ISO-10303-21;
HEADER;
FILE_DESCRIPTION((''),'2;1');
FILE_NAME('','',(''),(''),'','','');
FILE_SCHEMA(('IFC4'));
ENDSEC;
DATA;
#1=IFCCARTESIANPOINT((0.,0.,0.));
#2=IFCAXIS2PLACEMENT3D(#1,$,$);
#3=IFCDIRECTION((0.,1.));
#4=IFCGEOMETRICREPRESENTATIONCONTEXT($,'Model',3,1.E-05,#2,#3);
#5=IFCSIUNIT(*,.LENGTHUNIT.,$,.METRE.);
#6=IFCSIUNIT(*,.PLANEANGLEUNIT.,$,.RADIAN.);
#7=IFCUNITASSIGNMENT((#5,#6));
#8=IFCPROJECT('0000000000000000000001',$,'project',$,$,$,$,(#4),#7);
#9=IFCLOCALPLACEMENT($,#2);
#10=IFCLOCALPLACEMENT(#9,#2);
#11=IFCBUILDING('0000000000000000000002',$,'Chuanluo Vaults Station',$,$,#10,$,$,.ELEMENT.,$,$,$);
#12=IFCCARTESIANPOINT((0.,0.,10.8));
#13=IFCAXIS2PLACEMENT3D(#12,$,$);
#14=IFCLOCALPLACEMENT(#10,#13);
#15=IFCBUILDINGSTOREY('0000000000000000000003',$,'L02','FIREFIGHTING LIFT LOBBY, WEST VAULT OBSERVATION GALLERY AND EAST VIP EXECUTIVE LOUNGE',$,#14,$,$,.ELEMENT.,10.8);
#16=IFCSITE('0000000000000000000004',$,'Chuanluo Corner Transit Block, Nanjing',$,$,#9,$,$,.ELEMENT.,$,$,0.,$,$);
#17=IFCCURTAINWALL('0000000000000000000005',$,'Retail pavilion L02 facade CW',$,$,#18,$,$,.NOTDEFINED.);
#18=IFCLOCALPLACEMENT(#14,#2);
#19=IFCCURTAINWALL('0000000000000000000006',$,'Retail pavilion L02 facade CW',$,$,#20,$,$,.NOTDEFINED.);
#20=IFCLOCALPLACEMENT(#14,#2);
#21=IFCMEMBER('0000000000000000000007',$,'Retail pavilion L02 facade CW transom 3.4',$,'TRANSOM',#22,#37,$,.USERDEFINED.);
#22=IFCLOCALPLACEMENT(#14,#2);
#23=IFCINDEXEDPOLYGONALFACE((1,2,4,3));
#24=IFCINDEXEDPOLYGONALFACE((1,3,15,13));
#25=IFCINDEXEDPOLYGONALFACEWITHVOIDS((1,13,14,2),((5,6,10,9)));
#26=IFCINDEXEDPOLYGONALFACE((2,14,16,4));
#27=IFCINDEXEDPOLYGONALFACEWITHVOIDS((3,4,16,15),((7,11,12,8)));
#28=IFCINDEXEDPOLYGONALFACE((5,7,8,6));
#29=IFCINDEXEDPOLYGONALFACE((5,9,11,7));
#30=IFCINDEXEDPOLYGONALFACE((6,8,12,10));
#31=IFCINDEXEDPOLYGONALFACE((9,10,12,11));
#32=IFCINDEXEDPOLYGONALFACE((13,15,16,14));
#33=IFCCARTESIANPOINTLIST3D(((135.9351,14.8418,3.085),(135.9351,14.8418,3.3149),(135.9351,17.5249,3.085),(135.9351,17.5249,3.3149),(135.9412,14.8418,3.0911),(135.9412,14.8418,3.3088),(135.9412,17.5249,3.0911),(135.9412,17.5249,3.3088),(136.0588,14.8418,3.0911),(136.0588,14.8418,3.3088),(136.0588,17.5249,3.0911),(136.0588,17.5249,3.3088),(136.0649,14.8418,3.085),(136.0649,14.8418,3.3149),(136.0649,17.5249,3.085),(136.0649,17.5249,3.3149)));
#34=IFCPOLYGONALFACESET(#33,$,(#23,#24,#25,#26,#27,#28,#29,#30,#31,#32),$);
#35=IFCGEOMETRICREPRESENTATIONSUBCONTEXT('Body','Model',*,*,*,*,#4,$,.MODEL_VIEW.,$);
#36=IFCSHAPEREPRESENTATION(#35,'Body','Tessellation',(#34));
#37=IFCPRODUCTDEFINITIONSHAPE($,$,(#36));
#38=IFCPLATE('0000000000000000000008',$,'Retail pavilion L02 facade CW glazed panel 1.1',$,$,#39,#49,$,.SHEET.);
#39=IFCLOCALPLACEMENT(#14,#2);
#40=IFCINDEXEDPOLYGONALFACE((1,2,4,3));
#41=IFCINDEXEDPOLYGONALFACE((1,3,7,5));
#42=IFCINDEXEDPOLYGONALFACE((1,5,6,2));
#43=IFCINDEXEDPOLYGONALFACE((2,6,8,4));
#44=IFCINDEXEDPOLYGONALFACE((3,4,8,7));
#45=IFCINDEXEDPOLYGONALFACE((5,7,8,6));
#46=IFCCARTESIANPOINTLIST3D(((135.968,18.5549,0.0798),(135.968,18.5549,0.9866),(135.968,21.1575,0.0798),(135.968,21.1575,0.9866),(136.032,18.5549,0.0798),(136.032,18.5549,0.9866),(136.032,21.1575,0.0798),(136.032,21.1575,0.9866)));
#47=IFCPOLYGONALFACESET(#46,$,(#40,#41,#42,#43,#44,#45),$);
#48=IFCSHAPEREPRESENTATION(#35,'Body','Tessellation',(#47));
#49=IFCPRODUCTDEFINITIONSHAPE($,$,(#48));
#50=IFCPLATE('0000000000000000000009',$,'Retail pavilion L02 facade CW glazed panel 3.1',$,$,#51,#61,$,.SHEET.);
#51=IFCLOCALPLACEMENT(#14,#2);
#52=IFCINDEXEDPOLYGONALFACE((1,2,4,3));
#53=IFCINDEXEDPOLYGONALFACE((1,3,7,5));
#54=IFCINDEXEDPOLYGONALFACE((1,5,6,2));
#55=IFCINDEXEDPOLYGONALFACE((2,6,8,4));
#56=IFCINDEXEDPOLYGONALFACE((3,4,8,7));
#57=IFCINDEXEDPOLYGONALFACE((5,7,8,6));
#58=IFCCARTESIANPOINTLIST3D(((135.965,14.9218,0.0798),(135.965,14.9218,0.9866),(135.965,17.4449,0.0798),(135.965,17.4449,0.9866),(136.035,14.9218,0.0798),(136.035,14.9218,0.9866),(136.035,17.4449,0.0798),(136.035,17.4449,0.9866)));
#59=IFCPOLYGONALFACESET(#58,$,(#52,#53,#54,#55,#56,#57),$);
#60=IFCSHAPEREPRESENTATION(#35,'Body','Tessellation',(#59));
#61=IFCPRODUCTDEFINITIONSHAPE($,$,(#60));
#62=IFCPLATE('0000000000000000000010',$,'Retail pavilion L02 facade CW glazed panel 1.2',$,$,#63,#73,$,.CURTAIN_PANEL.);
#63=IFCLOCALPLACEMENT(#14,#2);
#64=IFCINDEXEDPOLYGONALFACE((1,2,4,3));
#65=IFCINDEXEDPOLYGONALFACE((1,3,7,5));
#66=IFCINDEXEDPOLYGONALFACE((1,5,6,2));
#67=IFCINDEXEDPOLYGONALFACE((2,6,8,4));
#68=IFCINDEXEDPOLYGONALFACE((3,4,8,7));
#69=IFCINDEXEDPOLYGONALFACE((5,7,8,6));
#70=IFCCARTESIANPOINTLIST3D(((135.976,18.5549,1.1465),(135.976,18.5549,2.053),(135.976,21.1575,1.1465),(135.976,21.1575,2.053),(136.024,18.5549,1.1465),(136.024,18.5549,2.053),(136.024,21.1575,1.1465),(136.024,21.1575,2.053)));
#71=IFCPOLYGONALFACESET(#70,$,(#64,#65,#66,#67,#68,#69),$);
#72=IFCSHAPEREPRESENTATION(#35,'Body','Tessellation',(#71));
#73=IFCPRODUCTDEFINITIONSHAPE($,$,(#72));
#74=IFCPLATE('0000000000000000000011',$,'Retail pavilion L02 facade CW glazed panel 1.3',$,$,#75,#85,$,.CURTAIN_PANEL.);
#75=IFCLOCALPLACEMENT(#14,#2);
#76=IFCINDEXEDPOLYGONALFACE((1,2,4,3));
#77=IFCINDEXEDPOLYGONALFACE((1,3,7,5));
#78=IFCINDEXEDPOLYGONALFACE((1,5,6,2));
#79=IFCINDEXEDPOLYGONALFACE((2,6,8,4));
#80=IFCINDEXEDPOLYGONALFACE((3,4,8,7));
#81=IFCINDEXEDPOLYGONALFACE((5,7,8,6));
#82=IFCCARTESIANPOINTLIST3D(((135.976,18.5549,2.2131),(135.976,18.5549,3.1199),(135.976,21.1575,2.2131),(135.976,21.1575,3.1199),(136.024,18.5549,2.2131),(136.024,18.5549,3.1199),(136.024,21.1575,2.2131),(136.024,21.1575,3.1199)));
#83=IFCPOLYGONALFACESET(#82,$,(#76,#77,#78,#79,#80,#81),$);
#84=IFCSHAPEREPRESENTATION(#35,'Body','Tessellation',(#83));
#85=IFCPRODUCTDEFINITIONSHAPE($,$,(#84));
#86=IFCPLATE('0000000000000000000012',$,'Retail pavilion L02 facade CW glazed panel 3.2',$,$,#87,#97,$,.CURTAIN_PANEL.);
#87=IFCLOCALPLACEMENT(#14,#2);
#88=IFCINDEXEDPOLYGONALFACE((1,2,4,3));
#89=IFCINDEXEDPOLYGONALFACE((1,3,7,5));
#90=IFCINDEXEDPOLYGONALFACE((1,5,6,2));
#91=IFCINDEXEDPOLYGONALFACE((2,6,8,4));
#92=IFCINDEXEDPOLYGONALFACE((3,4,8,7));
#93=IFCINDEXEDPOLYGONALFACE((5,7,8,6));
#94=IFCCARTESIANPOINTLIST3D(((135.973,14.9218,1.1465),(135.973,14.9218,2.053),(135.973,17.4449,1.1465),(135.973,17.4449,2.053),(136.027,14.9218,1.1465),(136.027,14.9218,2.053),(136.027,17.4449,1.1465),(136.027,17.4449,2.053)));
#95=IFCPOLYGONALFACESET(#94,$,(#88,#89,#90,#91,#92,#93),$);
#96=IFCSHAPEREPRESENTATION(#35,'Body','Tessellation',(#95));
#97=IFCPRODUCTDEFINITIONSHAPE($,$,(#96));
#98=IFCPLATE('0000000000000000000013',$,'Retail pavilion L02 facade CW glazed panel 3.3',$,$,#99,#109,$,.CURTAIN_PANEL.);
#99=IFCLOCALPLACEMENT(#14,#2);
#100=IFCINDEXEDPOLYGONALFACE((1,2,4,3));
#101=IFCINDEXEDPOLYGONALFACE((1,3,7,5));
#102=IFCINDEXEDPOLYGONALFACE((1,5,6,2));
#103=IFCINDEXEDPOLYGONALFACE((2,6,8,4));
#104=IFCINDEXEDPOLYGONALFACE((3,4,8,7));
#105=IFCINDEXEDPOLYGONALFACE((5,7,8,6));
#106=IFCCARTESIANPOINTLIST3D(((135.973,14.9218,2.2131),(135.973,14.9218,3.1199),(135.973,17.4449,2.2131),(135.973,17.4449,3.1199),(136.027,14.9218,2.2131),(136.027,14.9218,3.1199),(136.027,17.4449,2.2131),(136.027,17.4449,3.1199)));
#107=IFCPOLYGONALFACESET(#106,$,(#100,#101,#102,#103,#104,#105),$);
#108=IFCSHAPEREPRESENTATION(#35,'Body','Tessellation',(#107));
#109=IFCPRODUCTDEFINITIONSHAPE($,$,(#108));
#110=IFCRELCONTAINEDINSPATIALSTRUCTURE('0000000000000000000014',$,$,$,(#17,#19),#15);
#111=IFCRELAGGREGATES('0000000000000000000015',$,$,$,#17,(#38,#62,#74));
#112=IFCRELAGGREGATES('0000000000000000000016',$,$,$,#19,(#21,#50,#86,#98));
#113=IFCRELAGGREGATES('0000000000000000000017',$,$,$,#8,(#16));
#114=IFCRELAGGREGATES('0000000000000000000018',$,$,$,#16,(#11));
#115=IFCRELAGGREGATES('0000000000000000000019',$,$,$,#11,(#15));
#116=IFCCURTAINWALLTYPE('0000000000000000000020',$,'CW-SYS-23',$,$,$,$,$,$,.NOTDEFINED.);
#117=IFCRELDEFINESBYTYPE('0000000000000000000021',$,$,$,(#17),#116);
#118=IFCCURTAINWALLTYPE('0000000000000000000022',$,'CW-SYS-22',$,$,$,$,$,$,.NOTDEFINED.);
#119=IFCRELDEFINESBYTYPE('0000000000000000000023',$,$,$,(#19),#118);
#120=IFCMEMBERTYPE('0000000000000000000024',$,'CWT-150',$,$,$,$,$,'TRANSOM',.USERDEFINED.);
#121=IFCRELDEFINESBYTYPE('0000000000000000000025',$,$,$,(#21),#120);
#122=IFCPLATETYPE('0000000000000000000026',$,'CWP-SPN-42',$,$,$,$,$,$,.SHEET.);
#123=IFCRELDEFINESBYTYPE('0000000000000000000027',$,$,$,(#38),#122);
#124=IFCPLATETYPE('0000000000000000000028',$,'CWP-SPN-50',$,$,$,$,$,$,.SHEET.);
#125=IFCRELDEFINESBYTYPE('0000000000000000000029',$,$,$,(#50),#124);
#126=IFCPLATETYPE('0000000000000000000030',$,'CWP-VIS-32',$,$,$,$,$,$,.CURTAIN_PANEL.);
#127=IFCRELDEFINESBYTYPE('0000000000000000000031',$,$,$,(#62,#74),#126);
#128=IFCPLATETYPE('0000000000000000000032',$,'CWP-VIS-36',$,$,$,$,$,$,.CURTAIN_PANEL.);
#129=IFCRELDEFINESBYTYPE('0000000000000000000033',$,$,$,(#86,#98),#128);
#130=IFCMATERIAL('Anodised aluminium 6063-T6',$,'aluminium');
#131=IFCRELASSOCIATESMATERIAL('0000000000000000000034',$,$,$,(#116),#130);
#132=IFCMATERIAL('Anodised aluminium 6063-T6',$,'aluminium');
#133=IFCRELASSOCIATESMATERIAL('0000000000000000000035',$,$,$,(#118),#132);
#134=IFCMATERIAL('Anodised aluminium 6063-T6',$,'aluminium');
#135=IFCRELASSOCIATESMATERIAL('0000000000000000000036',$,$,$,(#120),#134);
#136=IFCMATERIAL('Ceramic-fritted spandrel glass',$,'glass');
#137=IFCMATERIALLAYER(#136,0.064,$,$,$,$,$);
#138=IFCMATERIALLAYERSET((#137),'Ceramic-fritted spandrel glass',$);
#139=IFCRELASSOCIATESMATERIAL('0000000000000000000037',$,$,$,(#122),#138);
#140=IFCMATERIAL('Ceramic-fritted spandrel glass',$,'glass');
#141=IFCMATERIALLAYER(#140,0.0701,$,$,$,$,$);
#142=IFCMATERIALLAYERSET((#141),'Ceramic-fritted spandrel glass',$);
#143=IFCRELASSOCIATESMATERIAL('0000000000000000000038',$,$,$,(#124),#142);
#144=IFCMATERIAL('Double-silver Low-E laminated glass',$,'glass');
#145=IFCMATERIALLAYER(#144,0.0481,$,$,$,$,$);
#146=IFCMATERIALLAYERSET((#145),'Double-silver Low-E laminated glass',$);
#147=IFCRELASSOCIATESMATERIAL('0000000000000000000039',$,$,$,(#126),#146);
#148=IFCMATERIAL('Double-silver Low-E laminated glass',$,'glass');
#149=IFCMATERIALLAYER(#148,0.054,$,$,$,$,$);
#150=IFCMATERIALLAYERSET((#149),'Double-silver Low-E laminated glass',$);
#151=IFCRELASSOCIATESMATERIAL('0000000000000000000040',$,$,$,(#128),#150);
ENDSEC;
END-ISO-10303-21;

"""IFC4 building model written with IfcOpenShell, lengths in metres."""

from ifc_helpers import new_model, si_unit, direction, frame, origin, origin_2d, place, context, subcontext, project, spatial, rectangle, hollow_rectangle, extrude, material, layer, layer_set, material_profile, profile_set, type_object, element, aggregate, save


model = new_model("IFC4")

# Units and contexts
model_context = context("Model", 3, precision=1e-05, world=origin(), true_north=direction((0.0, 1.0)))
body_context = subcontext(model_context, "Body", "Model", "MODEL_VIEW")
ifc_project = project(units=[si_unit("LENGTHUNIT", "METRE"), si_unit("PLANEANGLEUNIT", "RADIAN")], contexts=[model_context])

# Site, building, storey
site_placement = place(None, origin())
site = spatial("IfcSite", under=ifc_project, at=site_placement, Name="Chuanluo Corner Transit Block, Nanjing", CompositionType="ELEMENT", RefElevation=0.0)
building_placement = place(site_placement, origin())
building = spatial("IfcBuilding", under=site, at=building_placement, Name="Chuanluo Vaults Station", CompositionType="ELEMENT")
storey_placement = place(building_placement, frame((0.0, 0.0, 10.8)))
storey = spatial("IfcBuildingStorey", under=building, at=storey_placement, Name="L02", Description="FIREFIGHTING LIFT LOBBY, WEST VAULT OBSERVATION GALLERY AND EAST VIP EXECUTIVE LOUNGE", CompositionType="ELEMENT", Elevation=10.8)

# Curtain walls
ifc_material_1 = material(Name="Anodised aluminium 6063-T6", Category="aluminium")
curtain_wall_type_1 = type_object("IfcCurtainWallType", Name="CW-SYS-23", PredefinedType="NOTDEFINED", material=ifc_material_1)
curtain_wall_1_placement = place(storey_placement, origin())
curtain_wall_1 = element("IfcCurtainWall", 1, at=curtain_wall_1_placement, inside=storey, type_object=curtain_wall_type_1, Name="Retail pavilion L02 facade CW", PredefinedType="NOTDEFINED")
ifc_material_2 = material(Name="Anodised aluminium 6063-T6", Category="aluminium")
curtain_wall_type_2 = type_object("IfcCurtainWallType", Name="CW-SYS-22", PredefinedType="NOTDEFINED", material=ifc_material_2)
curtain_wall_2_placement = place(storey_placement, origin())
curtain_wall_2 = element("IfcCurtainWall", 2, at=curtain_wall_2_placement, inside=storey, type_object=curtain_wall_type_2, Name="Retail pavilion L02 facade CW", PredefinedType="NOTDEFINED")

# Member
ifc_material_3 = material(Name="Anodised aluminium 6063-T6", Category="aluminium")
ifc_material_profile_1 = material_profile(ifc_material_3, hollow_rectangle(XDim=0.1299, YDim=0.23, WallThickness=0.0061, at=origin_2d()))
ifc_profile_set_1 = profile_set([ifc_material_profile_1], Name="Anodised aluminium 6063-T6")
member_type_1 = type_object("IfcMemberType", Name="CWT-150", ElementType="TRANSOM", PredefinedType="USERDEFINED", material=ifc_profile_set_1)
member_1_placement = place(storey_placement, frame((136.0, 14.8418, 3.2), z_axis=(0.0, 1.0, 0.0), x_axis=(-1.0, 0.0, 0.0)))
member_1 = element("IfcMember", 3, at=member_1_placement, type_object=member_type_1, Name="Retail pavilion L02 facade CW transom 3.4", ObjectType="TRANSOM", PredefinedType="USERDEFINED", context=body_context, shape_type="SweptSolid", body=[
    extrude(hollow_rectangle(XDim=0.1299, YDim=0.23, WallThickness=0.0061, at=origin_2d()), origin(), (0.0, 0.0, 1.0), 2.6831),
])

# Plates
ifc_material_4 = material(Name="Ceramic-fritted spandrel glass", Category="glass")
ifc_layer_1 = layer(ifc_material_4, 0.064)
ifc_layer_set_1 = layer_set([ifc_layer_1], Name="Ceramic-fritted spandrel glass")
plate_type_1 = type_object("IfcPlateType", Name="CWP-SPN-42", PredefinedType="SHEET", material=ifc_layer_set_1)
plate_1_placement = place(storey_placement, frame((136.0, 19.8562, 0.0798), z_axis=(0.0, 0.0, 1.0), x_axis=(0.0, 1.0, 0.0)))
plate_1 = element("IfcPlate", 4, at=plate_1_placement, type_object=plate_type_1, Name="Retail pavilion L02 facade CW glazed panel 1.1", PredefinedType="SHEET", context=body_context, shape_type="SweptSolid", body=[
    extrude(rectangle(XDim=2.6025, YDim=0.064, at=origin_2d()), origin(), (0.0, 0.0, 1.0), 0.9067),
])
ifc_material_5 = material(Name="Ceramic-fritted spandrel glass", Category="glass")
ifc_layer_2 = layer(ifc_material_5, 0.0701)
ifc_layer_set_2 = layer_set([ifc_layer_2], Name="Ceramic-fritted spandrel glass")
plate_type_2 = type_object("IfcPlateType", Name="CWP-SPN-50", PredefinedType="SHEET", material=ifc_layer_set_2)
plate_2_placement = place(storey_placement, frame((136.0, 16.1833, 0.0798), z_axis=(0.0, 0.0, 1.0), x_axis=(0.0, 1.0, 0.0)))
plate_2 = element("IfcPlate", 5, at=plate_2_placement, type_object=plate_type_2, Name="Retail pavilion L02 facade CW glazed panel 3.1", PredefinedType="SHEET", context=body_context, shape_type="SweptSolid", body=[
    extrude(rectangle(XDim=2.5232, YDim=0.0701, at=origin_2d()), origin(), (0.0, 0.0, 1.0), 0.9067),
])
ifc_material_6 = material(Name="Double-silver Low-E laminated glass", Category="glass")
ifc_layer_3 = layer(ifc_material_6, 0.0481)
ifc_layer_set_3 = layer_set([ifc_layer_3], Name="Double-silver Low-E laminated glass")
plate_type_3 = type_object("IfcPlateType", Name="CWP-VIS-32", PredefinedType="CURTAIN_PANEL", material=ifc_layer_set_3)
plate_3_placement = place(storey_placement, frame((136.0, 19.8562, 1.1465), z_axis=(0.0, 0.0, 1.0), x_axis=(0.0, 1.0, 0.0)))
plate_3 = element("IfcPlate", 6, at=plate_3_placement, type_object=plate_type_3, Name="Retail pavilion L02 facade CW glazed panel 1.2", PredefinedType="CURTAIN_PANEL", context=body_context, shape_type="SweptSolid", body=[
    extrude(rectangle(XDim=2.6025, YDim=0.0481, at=origin_2d()), origin(), (0.0, 0.0, 1.0), 0.9065),
])
plate_4_placement = place(storey_placement, frame((136.0, 19.8562, 2.2131), z_axis=(0.0, 0.0, 1.0), x_axis=(0.0, 1.0, 0.0)))
plate_4 = element("IfcPlate", 7, at=plate_4_placement, type_object=plate_type_3, Name="Retail pavilion L02 facade CW glazed panel 1.3", PredefinedType="CURTAIN_PANEL", context=body_context, shape_type="SweptSolid", body=[
    extrude(rectangle(XDim=2.6025, YDim=0.0481, at=origin_2d()), origin(), (0.0, 0.0, 1.0), 0.9067),
])
aggregate(curtain_wall_1, [plate_1, plate_3, plate_4])
ifc_material_7 = material(Name="Double-silver Low-E laminated glass", Category="glass")
ifc_layer_4 = layer(ifc_material_7, 0.054)
ifc_layer_set_4 = layer_set([ifc_layer_4], Name="Double-silver Low-E laminated glass")
plate_type_4 = type_object("IfcPlateType", Name="CWP-VIS-36", PredefinedType="CURTAIN_PANEL", material=ifc_layer_set_4)
plate_5_placement = place(storey_placement, frame((136.0, 16.1833, 1.1465), z_axis=(0.0, 0.0, 1.0), x_axis=(0.0, 1.0, 0.0)))
plate_5 = element("IfcPlate", 8, at=plate_5_placement, type_object=plate_type_4, Name="Retail pavilion L02 facade CW glazed panel 3.2", PredefinedType="CURTAIN_PANEL", context=body_context, shape_type="SweptSolid", body=[
    extrude(rectangle(XDim=2.5232, YDim=0.054, at=origin_2d()), origin(), (0.0, 0.0, 1.0), 0.9065),
])
plate_6_placement = place(storey_placement, frame((136.0, 16.1833, 2.2131), z_axis=(0.0, 0.0, 1.0), x_axis=(0.0, 1.0, 0.0)))
plate_6 = element("IfcPlate", 9, at=plate_6_placement, type_object=plate_type_4, Name="Retail pavilion L02 facade CW glazed panel 3.3", PredefinedType="CURTAIN_PANEL", context=body_context, shape_type="SweptSolid", body=[
    extrude(rectangle(XDim=2.5232, YDim=0.054, at=origin_2d()), origin(), (0.0, 0.0, 1.0), 0.9067),
])
aggregate(curtain_wall_2, [member_1, plate_2, plate_5, plate_6])

save(model, "model.ifc")
